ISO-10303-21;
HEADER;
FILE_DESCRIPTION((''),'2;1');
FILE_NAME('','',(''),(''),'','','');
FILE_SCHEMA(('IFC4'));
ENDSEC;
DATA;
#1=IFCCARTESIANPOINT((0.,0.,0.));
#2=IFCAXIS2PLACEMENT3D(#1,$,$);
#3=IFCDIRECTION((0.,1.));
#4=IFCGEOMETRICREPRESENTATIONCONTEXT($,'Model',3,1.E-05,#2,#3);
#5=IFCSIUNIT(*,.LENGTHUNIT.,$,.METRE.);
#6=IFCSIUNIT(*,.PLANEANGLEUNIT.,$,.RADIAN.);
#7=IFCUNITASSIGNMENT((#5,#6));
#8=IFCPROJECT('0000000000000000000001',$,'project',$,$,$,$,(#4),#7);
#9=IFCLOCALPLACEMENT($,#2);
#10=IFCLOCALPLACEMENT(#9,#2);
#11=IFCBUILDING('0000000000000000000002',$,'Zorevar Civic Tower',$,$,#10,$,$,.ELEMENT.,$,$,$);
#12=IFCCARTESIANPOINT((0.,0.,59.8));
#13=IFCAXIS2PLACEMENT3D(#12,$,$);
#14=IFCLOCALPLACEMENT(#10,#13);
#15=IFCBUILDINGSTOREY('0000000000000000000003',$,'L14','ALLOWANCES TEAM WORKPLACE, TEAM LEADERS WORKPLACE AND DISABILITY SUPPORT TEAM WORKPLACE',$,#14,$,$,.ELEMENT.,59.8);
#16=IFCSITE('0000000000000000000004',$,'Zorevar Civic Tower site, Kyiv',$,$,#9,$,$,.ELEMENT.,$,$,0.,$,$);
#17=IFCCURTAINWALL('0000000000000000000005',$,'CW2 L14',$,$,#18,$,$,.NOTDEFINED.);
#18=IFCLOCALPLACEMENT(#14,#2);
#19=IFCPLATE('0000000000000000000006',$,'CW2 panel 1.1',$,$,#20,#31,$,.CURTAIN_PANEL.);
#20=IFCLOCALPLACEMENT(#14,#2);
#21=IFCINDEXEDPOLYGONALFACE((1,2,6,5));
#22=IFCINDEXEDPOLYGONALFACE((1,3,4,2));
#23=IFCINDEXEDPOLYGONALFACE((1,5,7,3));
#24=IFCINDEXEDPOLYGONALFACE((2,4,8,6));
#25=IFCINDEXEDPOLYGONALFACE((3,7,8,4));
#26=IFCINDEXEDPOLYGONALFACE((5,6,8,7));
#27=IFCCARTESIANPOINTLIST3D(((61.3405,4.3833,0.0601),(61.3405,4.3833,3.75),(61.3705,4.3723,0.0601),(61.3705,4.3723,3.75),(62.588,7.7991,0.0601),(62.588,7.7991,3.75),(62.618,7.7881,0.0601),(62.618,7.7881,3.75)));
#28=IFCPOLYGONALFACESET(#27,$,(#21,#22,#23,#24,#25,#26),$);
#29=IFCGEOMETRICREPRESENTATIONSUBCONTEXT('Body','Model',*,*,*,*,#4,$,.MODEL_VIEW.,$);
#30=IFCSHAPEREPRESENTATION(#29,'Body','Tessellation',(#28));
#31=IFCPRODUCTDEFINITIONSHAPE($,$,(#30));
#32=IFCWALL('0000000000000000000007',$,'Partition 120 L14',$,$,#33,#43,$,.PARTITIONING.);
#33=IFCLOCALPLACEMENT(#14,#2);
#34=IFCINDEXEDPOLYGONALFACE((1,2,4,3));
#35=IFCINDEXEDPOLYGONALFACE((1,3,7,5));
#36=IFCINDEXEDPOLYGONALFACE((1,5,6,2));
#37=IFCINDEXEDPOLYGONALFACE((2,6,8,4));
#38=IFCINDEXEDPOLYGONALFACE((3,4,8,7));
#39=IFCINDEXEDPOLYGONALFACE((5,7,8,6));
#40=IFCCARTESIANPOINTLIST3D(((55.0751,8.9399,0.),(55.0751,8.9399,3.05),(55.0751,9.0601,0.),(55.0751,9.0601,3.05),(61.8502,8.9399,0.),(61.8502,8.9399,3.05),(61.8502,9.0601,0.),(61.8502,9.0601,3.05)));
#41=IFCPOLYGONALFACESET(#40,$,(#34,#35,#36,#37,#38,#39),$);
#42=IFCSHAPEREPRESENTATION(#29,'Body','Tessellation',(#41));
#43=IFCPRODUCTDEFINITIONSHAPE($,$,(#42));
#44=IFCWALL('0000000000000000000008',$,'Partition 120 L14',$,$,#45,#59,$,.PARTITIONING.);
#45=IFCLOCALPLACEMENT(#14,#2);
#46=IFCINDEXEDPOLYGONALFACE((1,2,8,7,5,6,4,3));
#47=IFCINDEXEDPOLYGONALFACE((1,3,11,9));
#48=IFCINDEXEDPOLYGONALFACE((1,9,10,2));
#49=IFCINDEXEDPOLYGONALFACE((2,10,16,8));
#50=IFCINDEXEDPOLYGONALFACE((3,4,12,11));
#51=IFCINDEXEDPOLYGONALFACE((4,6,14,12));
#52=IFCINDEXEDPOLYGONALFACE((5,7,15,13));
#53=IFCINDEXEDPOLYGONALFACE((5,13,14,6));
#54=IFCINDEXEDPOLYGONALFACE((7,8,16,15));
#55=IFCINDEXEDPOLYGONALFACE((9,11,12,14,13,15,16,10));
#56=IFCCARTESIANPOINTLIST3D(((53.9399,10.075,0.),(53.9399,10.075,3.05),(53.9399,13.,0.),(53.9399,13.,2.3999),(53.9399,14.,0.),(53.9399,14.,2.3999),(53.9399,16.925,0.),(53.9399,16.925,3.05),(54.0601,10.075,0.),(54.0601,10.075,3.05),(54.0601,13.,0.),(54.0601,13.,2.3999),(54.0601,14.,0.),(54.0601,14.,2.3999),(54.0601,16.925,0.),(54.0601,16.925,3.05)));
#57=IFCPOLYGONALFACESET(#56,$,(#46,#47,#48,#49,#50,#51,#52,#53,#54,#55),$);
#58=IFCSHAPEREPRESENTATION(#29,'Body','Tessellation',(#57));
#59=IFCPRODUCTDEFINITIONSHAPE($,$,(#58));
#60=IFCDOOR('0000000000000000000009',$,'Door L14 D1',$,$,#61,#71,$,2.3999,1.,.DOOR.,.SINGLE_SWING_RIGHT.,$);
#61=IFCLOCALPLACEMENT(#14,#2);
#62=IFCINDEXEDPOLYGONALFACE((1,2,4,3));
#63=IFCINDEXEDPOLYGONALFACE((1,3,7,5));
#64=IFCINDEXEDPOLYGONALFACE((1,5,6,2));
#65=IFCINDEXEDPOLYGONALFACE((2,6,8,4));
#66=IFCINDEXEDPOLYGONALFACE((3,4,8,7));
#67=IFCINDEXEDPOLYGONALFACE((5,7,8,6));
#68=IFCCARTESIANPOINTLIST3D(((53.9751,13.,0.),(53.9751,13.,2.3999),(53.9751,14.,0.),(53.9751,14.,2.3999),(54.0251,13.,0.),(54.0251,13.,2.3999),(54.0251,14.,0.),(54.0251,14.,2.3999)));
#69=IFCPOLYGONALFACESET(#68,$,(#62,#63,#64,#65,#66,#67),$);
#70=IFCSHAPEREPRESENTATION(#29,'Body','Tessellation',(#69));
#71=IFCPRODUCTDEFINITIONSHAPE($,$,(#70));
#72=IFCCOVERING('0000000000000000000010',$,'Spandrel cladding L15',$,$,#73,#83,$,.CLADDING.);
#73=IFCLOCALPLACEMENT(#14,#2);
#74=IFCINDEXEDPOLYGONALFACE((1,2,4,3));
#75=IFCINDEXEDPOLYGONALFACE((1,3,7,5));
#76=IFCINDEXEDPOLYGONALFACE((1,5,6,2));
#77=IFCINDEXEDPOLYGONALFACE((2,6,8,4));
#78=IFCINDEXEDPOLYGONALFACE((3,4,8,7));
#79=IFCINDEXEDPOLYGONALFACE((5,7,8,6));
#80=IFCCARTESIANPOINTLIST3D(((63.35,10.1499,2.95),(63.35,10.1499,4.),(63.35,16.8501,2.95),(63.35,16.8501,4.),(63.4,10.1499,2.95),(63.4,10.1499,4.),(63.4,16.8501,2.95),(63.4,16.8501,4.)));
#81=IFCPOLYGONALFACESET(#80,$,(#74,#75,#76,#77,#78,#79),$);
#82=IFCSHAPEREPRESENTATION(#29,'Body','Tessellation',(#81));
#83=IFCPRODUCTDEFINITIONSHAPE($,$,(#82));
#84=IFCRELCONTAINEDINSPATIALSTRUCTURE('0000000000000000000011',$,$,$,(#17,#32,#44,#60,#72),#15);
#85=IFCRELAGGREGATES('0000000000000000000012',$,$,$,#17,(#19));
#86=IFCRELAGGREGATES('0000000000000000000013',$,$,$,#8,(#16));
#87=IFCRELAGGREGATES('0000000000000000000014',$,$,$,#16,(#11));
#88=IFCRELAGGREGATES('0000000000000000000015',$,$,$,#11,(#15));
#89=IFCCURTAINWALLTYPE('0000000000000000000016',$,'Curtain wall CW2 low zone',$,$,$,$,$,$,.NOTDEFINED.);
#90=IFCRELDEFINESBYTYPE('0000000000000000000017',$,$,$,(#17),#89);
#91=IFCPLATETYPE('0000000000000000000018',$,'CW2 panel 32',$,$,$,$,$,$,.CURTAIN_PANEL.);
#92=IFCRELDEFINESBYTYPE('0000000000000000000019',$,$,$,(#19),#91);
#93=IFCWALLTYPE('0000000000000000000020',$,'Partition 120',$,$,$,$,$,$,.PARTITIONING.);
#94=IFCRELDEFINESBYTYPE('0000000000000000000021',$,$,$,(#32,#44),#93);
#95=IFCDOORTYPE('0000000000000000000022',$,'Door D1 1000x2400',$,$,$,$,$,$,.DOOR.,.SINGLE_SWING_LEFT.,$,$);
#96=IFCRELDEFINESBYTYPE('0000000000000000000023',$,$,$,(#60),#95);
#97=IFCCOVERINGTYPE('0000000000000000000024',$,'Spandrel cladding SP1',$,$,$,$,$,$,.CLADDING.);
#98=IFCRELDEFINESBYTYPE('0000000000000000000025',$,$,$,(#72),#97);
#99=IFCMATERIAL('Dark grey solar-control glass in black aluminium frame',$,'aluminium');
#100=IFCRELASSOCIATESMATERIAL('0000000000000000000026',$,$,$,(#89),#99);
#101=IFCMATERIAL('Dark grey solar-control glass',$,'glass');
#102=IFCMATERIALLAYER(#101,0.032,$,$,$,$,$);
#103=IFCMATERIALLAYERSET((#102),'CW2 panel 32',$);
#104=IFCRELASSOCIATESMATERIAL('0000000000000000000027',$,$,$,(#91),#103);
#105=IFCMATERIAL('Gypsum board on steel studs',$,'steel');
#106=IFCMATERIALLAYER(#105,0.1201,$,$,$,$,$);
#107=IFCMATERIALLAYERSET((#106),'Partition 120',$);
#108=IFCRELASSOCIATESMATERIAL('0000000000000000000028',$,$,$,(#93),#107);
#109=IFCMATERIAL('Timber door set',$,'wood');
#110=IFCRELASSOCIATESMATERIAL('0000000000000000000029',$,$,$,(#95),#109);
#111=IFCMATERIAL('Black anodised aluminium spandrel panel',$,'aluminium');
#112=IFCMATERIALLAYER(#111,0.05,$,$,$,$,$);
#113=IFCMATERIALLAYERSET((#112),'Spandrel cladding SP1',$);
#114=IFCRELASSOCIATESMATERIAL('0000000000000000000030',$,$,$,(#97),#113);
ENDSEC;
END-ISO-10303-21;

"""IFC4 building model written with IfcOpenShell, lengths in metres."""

from ifc_helpers import new_model, si_unit, direction, frame, frame_2d, origin, origin_2d, place, context, subcontext, project, spatial, rectangle, extrude, material, layer, layer_set, type_object, element, fill, aggregate, save


model = new_model("IFC4")

# Units and contexts
model_context = context("Model", 3, precision=1e-05, world=origin(), true_north=direction((0.0, 1.0)))
body_context = subcontext(model_context, "Body", "Model", "MODEL_VIEW")
ifc_project = project(units=[si_unit("LENGTHUNIT", "METRE"), si_unit("PLANEANGLEUNIT", "RADIAN")], contexts=[model_context])

# Site, building, storey
site_placement = place(None, origin())
site = spatial("IfcSite", under=ifc_project, at=site_placement, Name="Zorevar Civic Tower site, Kyiv", CompositionType="ELEMENT", RefElevation=0.0)
building_placement = place(site_placement, origin())
building = spatial("IfcBuilding", under=site, at=building_placement, Name="Zorevar Civic Tower", CompositionType="ELEMENT")
storey_placement = place(building_placement, frame((0.0, 0.0, 59.8)))
storey = spatial("IfcBuildingStorey", under=building, at=storey_placement, Name="L14", Description="ALLOWANCES TEAM WORKPLACE, TEAM LEADERS WORKPLACE AND DISABILITY SUPPORT TEAM WORKPLACE", CompositionType="ELEMENT", Elevation=59.8)

# Shared definitions
ifc_material_1 = material(Name="Dark grey solar-control glass in black aluminium frame", Category="aluminium")
curtain_wall_type = type_object("IfcCurtainWallType", Name="Curtain wall CW2 low zone", PredefinedType="NOTDEFINED", material=ifc_material_1)

# Curtain wall
curtain_wall_1_placement = place(storey_placement, origin())
curtain_wall_1 = element("IfcCurtainWall", 1, at=curtain_wall_1_placement, inside=storey, type_object=curtain_wall_type, Name="CW2 L14", PredefinedType="NOTDEFINED")

# Plate
ifc_material_2 = material(Name="Dark grey solar-control glass", Category="glass")
ifc_layer_1 = layer(ifc_material_2, 0.032)
ifc_layer_set_1 = layer_set([ifc_layer_1], Name="CW2 panel 32")
plate_type = type_object("IfcPlateType", Name="CW2 panel 32", PredefinedType="CURTAIN_PANEL", material=ifc_layer_set_1)
plate_1_placement = place(storey_placement, frame((61.9792, 6.0857, 0.0601), z_axis=(0.0, 0.0, 1.0), x_axis=(0.34306, 0.939313, 0.0)))
plate_1 = element("IfcPlate", 2, at=plate_1_placement, type_object=plate_type, Name="CW2 panel 1.1", PredefinedType="CURTAIN_PANEL", context=body_context, shape_type="SweptSolid", body=[
    extrude(rectangle(XDim=3.6365, YDim=0.032, at=origin_2d()), origin(), (0.0, 0.0, 1.0), 3.6899),
])
aggregate(curtain_wall_1, [plate_1])

# Wall
ifc_material_3 = material(Name="Gypsum board on steel studs", Category="steel")
ifc_layer_2 = layer(ifc_material_3, 0.1201)
ifc_layer_set_2 = layer_set([ifc_layer_2], Name="Partition 120")
wall_type = type_object("IfcWallType", Name="Partition 120", PredefinedType="PARTITIONING", material=ifc_layer_set_2)
wall_1_placement = place(storey_placement, frame((55.075, 9.0, 0.0), z_axis=(0.0, 0.0, 1.0), x_axis=(1.0, 0.0, 0.0)))
element("IfcWall", 3, at=wall_1_placement, inside=storey, type_object=wall_type, Name="Partition 120 L14", PredefinedType="PARTITIONING", context=body_context, shape_type="SweptSolid", body=[
    extrude(rectangle(XDim=6.7751, YDim=0.1201, at=frame_2d((3.3877, 0.0))), origin(), (0.0, 0.0, 1.0), 3.05),
])

# Wall, opening, door
wall_2_placement = place(storey_placement, frame((54.0, 10.075, 0.0), z_axis=(0.0, 0.0, 1.0), x_axis=(0.0, 1.0, 0.0)))
wall_2 = element("IfcWall", 4, at=wall_2_placement, inside=storey, type_object=wall_type, Name="Partition 120 L14", PredefinedType="PARTITIONING", context=body_context, shape_type="SweptSolid", body=[
    extrude(rectangle(XDim=6.8501, YDim=0.1201, at=frame_2d((3.425, 0.0))), origin(), (0.0, 0.0, 1.0), 3.05),
])
opening_placement = place(wall_2_placement, frame((2.925, 0.0, 0.0)))
opening = element("IfcOpeningElement", 5, at=opening_placement, cuts=wall_2, PredefinedType="OPENING", context=body_context, shape_type="SweptSolid", body=[
    extrude(rectangle(XDim=1.0, YDim=2.3999, at=frame_2d((0.5, 1.2))), frame((0.0, 0.0701, 0.0), z_axis=(0.0, -1.0, 0.0), x_axis=(1.0, 0.0, 0.0)), (0.0, 0.0, 1.0), 0.1401),
])
ifc_material_4 = material(Name="Timber door set", Category="wood")
door_type = type_object("IfcDoorType", Name="Door D1 1000x2400", OperationType="SINGLE_SWING_LEFT", PredefinedType="DOOR", material=ifc_material_4)
door_placement = place(opening_placement, origin())
door = element("IfcDoor", 6, at=door_placement, inside=storey, type_object=door_type, Name="Door L14 D1", OperationType="SINGLE_SWING_RIGHT", OverallHeight=2.3999, OverallWidth=1.0, PredefinedType="DOOR", context=body_context, shape_type="SweptSolid", body=[
    extrude(rectangle(XDim=1.0, YDim=2.3999, at=frame_2d((0.5, 1.2))), frame((0.0, 0.0249, 0.0), z_axis=(0.0, -1.0, 0.0), x_axis=(1.0, 0.0, 0.0)), (0.0, 0.0, 1.0), 0.05),
])
fill(opening, door)

# Covering
ifc_material_5 = material(Name="Black anodised aluminium spandrel panel", Category="aluminium")
ifc_layer_3 = layer(ifc_material_5, 0.05)
ifc_layer_set_3 = layer_set([ifc_layer_3], Name="Spandrel cladding SP1")
covering_type = type_object("IfcCoveringType", Name="Spandrel cladding SP1", PredefinedType="CLADDING", material=ifc_layer_set_3)
covering_placement = place(storey_placement, frame((63.375, 10.1499, 2.95), z_axis=(0.0, 0.0, 1.0), x_axis=(0.0, 1.0, 0.0)))
element("IfcCovering", 7, at=covering_placement, inside=storey, type_object=covering_type, Name="Spandrel cladding L15", PredefinedType="CLADDING", context=body_context, shape_type="SweptSolid", body=[
    extrude(rectangle(XDim=6.7002, YDim=0.05, at=frame_2d((3.3501, 0.0))), origin(), (0.0, 0.0, 1.0), 1.05),
])

save(model, "model.ifc")
